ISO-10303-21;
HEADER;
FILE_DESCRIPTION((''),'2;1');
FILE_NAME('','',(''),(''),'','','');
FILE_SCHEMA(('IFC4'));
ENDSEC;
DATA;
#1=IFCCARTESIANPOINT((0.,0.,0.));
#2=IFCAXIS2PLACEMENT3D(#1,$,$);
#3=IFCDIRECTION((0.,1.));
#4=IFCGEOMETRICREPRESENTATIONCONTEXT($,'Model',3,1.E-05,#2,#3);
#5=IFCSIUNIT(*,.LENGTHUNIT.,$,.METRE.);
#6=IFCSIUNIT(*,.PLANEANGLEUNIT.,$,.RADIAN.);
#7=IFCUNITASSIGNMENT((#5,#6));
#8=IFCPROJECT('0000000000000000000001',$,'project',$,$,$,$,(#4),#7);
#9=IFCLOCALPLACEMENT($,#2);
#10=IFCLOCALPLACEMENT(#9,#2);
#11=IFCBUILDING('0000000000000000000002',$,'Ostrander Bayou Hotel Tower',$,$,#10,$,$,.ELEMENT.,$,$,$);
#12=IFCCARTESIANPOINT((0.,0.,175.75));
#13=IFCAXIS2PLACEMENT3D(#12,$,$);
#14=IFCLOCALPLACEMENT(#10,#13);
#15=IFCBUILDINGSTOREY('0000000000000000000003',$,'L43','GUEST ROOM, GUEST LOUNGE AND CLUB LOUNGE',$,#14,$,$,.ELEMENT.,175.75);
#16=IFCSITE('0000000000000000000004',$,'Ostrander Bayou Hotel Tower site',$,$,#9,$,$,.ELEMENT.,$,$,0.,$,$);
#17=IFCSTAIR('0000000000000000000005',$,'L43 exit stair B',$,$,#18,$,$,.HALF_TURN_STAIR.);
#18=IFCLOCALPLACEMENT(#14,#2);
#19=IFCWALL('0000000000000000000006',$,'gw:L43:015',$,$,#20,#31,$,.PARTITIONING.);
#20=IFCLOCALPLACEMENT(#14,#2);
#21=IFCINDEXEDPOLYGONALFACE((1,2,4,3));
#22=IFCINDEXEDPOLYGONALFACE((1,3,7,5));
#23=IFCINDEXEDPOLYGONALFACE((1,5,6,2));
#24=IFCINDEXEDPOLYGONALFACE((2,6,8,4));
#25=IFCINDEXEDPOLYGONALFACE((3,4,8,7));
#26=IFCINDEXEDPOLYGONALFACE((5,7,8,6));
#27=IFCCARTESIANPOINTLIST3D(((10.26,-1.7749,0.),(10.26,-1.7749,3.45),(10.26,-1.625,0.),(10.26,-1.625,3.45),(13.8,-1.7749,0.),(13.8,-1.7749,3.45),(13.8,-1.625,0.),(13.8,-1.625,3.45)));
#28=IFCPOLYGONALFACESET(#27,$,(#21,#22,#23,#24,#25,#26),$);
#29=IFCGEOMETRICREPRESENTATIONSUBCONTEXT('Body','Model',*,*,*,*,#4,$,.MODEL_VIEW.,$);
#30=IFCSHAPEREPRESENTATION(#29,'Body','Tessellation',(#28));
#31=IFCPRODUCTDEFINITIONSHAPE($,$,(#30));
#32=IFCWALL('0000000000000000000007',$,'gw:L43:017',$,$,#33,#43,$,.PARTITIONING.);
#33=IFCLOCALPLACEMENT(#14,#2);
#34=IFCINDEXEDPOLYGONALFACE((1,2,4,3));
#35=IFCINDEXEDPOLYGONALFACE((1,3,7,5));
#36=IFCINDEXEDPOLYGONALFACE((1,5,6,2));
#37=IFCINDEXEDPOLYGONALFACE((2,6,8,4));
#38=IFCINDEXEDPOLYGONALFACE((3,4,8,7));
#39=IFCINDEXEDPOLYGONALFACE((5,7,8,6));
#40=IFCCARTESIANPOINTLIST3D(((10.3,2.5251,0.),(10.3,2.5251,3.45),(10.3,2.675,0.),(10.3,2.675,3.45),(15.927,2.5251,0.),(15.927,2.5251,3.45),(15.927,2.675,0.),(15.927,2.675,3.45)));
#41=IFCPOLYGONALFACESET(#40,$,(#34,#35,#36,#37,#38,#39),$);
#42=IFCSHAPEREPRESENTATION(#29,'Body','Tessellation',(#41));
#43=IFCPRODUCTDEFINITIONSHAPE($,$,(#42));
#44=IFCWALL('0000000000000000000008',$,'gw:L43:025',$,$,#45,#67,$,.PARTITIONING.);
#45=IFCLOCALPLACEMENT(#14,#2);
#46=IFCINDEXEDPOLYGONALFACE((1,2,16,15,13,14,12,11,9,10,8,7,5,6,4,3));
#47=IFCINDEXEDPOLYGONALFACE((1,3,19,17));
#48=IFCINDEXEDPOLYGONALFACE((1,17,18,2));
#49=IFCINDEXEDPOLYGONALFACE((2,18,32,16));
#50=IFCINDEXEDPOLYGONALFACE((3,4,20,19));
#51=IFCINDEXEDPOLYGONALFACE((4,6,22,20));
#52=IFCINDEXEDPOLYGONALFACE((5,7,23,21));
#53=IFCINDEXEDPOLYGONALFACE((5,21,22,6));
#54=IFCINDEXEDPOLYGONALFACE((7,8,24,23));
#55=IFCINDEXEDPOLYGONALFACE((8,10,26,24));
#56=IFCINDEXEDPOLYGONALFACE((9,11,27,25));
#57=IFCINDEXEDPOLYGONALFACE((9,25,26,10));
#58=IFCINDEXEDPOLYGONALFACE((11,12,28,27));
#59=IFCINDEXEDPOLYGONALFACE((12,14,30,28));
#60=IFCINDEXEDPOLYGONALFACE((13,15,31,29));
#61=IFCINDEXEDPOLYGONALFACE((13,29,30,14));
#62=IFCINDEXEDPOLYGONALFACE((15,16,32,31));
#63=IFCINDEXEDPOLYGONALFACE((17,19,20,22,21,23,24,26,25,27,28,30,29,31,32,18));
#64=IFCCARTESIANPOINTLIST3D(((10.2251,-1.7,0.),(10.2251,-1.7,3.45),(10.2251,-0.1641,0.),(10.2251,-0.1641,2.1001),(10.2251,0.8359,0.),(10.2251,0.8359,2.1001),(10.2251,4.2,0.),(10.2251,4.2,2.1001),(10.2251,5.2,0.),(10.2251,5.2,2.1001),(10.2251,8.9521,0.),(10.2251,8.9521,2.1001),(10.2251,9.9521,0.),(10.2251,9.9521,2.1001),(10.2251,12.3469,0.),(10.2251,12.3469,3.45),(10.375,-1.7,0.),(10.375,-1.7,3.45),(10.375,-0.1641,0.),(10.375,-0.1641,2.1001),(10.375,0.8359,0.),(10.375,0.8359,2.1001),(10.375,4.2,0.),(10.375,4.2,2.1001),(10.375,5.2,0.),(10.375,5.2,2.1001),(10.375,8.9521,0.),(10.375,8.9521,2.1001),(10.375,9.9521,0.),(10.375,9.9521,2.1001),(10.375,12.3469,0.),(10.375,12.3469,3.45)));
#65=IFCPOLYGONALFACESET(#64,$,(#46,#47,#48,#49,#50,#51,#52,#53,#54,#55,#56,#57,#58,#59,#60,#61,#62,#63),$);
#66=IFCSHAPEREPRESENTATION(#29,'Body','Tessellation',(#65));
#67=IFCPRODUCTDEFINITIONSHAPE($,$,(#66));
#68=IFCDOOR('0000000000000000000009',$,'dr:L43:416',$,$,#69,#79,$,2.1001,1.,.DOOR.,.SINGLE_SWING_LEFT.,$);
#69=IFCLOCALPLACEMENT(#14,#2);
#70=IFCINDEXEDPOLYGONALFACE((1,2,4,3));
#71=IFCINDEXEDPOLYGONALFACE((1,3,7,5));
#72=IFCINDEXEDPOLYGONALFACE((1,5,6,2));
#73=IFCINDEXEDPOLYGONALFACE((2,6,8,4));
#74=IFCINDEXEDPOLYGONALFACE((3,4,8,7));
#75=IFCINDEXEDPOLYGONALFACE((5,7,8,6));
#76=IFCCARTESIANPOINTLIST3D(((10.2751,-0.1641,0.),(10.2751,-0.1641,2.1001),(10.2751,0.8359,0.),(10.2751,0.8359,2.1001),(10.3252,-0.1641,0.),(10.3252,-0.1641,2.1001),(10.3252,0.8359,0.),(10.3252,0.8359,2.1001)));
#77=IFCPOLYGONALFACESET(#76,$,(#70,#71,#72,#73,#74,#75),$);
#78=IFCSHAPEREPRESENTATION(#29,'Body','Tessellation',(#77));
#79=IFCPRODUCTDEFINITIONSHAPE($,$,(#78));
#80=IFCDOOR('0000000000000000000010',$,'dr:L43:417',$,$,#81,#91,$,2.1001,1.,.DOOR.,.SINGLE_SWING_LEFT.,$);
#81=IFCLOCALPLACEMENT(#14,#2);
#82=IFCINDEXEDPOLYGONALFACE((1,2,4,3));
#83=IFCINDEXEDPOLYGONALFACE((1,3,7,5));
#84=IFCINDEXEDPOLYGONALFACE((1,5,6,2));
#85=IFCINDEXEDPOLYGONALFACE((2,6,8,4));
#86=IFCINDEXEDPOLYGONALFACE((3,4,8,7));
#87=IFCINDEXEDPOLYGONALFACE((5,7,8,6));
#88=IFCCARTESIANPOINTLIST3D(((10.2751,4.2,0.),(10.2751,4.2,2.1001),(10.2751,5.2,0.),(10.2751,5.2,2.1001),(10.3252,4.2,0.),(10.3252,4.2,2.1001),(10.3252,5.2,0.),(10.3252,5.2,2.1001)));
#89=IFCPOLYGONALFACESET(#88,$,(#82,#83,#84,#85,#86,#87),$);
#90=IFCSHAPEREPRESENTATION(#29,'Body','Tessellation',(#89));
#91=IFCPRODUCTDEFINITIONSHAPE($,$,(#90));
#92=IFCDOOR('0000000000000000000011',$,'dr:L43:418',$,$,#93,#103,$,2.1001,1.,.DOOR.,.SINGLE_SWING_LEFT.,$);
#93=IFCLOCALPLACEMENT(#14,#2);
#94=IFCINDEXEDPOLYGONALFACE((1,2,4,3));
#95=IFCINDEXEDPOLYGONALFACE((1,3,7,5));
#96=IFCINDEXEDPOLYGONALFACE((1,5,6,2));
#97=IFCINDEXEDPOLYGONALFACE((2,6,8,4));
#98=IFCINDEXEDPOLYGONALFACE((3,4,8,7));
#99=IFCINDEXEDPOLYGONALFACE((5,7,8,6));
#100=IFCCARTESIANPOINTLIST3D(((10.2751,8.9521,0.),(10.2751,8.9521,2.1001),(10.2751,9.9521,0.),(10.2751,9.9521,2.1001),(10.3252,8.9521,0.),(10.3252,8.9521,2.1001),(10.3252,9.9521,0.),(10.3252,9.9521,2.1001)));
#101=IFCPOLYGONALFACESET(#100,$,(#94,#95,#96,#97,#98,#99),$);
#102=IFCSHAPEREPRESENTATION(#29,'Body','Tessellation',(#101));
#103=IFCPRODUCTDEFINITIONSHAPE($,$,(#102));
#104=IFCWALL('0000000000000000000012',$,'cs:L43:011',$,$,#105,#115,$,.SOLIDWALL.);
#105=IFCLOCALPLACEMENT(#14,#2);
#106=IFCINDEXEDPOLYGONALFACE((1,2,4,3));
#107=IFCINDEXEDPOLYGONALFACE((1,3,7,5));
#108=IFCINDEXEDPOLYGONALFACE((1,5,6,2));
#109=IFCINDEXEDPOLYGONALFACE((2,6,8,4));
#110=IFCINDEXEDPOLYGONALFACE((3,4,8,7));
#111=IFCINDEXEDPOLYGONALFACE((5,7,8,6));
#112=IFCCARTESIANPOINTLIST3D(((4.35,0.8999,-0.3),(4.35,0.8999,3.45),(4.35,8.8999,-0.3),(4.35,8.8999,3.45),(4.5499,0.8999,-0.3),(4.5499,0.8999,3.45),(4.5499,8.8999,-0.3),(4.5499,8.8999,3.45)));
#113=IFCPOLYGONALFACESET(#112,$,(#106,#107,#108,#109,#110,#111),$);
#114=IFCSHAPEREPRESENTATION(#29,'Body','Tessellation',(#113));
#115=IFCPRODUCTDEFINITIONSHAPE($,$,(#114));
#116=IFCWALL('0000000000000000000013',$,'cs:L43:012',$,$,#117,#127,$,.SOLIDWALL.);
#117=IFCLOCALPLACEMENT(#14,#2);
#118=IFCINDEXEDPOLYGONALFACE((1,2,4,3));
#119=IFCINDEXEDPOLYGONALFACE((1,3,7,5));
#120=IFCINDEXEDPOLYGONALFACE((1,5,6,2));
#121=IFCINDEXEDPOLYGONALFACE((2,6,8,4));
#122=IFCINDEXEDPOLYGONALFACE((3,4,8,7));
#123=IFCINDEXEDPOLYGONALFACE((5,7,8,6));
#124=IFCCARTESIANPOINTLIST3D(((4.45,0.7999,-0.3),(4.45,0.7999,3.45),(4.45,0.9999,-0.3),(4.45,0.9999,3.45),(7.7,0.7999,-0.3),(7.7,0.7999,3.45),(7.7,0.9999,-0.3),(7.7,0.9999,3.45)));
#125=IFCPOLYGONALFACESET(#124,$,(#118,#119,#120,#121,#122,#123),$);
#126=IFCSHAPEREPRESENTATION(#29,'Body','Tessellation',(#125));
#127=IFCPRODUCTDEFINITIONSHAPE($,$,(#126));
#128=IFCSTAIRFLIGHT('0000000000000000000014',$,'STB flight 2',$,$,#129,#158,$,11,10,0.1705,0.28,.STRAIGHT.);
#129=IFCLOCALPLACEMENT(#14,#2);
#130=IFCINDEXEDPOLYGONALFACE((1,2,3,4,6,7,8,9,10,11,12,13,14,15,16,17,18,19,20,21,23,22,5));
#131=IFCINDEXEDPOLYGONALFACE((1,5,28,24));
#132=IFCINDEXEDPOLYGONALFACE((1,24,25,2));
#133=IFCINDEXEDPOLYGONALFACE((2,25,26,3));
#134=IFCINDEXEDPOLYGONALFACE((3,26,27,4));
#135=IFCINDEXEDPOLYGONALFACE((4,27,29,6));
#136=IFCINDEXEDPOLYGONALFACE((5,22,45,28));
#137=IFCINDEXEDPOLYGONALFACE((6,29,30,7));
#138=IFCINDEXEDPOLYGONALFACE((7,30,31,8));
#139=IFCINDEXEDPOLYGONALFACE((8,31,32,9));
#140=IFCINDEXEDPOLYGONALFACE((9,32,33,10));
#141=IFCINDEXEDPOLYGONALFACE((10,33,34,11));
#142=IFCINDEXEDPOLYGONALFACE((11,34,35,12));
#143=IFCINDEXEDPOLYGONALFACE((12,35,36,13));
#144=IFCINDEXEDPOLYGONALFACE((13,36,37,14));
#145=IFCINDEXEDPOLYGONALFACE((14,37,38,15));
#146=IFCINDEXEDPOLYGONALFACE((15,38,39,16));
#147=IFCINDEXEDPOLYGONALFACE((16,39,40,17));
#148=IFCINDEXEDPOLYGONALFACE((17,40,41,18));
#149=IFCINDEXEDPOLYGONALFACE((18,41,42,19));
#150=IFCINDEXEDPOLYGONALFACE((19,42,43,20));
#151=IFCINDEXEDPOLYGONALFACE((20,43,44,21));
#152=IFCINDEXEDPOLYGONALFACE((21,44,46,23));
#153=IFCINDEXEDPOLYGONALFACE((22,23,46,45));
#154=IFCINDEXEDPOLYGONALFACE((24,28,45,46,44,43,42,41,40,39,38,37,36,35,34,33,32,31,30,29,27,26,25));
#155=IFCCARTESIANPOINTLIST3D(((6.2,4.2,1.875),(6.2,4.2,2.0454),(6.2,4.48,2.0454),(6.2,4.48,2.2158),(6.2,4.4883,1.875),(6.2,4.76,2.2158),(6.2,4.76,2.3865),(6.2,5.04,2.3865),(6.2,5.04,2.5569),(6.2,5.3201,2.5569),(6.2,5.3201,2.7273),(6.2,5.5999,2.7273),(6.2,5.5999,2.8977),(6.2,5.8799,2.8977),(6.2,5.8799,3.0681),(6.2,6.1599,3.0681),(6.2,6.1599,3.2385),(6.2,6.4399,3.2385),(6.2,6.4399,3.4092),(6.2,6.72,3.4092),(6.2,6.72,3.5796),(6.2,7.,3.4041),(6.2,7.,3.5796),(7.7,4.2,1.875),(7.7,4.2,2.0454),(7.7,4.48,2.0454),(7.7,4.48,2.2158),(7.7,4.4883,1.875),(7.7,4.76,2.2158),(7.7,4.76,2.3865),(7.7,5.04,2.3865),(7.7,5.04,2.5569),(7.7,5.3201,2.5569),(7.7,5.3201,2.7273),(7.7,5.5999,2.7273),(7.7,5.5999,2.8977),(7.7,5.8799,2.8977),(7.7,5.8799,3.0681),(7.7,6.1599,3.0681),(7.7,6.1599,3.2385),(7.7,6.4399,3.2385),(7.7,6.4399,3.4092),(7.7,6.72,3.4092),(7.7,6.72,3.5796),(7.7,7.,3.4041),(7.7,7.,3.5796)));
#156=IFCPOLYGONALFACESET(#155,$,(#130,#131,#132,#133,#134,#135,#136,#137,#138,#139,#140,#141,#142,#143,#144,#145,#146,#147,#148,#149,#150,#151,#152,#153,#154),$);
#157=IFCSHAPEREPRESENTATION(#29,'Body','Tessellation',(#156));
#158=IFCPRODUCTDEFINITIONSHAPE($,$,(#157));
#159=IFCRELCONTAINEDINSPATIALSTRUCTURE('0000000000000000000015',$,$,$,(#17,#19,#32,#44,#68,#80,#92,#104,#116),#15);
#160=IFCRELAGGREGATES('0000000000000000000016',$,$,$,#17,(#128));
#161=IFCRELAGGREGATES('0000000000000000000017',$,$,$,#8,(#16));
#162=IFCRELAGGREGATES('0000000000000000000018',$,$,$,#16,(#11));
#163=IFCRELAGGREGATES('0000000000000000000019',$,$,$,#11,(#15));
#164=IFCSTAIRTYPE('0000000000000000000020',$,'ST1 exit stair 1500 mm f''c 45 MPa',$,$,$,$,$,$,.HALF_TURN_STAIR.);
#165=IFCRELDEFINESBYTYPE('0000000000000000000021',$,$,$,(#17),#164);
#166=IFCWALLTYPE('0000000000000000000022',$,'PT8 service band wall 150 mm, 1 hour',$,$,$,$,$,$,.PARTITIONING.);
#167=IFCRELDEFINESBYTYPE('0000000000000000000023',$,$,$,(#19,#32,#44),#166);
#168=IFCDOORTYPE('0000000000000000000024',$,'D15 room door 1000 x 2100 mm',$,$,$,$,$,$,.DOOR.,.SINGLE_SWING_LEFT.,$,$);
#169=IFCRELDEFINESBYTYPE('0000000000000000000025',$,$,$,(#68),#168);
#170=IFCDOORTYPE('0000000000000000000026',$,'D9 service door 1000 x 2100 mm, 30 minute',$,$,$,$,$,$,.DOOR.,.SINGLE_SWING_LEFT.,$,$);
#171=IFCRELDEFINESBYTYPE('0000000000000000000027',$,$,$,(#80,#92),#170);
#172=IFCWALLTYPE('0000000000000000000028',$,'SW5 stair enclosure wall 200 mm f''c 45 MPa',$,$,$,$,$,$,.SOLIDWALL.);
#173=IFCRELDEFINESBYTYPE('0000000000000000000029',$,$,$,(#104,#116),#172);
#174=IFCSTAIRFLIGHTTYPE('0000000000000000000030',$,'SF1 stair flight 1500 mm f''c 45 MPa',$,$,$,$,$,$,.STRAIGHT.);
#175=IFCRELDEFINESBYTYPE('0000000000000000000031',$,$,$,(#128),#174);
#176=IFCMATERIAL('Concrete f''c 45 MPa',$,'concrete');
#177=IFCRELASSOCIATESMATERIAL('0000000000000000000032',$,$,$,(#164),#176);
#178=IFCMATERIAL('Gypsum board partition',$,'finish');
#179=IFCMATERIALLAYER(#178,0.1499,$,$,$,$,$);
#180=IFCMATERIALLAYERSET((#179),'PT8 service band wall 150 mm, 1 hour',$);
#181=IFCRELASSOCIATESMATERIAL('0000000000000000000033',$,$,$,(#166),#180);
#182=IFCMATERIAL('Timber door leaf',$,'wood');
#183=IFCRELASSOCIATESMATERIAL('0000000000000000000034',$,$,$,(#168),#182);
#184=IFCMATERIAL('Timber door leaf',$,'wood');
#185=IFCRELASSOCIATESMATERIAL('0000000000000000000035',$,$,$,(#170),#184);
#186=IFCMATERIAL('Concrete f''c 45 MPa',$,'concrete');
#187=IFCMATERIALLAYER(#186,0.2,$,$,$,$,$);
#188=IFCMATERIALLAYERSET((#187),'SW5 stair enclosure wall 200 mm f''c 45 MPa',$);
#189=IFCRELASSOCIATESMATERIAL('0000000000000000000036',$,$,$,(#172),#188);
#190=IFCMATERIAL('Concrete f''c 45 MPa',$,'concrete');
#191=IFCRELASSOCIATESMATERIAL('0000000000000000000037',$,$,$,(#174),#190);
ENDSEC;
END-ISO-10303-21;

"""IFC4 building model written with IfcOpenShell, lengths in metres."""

from ifc_helpers import new_model, si_unit, direction, frame, frame_2d, origin, place, context, subcontext, project, spatial, polyline, rectangle, outline, extrude, material, layer, layer_set, type_object, element, fill, aggregate, save


model = new_model("IFC4")

# Units and contexts
model_context = context("Model", 3, precision=1e-05, world=origin(), true_north=direction((0.0, 1.0)))
body_context = subcontext(model_context, "Body", "Model", "MODEL_VIEW")
ifc_project = project(units=[si_unit("LENGTHUNIT", "METRE"), si_unit("PLANEANGLEUNIT", "RADIAN")], contexts=[model_context])

# Site, building, storey
site_placement = place(None, origin())
site = spatial("IfcSite", under=ifc_project, at=site_placement, Name="Ostrander Bayou Hotel Tower site", CompositionType="ELEMENT", RefElevation=0.0)
building_placement = place(site_placement, origin())
building = spatial("IfcBuilding", under=site, at=building_placement, Name="Ostrander Bayou Hotel Tower", CompositionType="ELEMENT")
storey_placement = place(building_placement, frame((0.0, 0.0, 175.75)))
storey = spatial("IfcBuildingStorey", under=building, at=storey_placement, Name="L43", Description="GUEST ROOM, GUEST LOUNGE AND CLUB LOUNGE", CompositionType="ELEMENT", Elevation=175.75)

# Stair
ifc_material_1 = material(Name="Concrete f'c 45 MPa", Category="concrete")
stair_type = type_object("IfcStairType", Name="ST1 exit stair 1500 mm f'c 45 MPa", PredefinedType="HALF_TURN_STAIR", material=ifc_material_1)
stair_1_placement = place(storey_placement, origin())
stair_1 = element("IfcStair", 1, at=stair_1_placement, inside=storey, type_object=stair_type, Name="L43 exit stair B", PredefinedType="HALF_TURN_STAIR")

# Walls
ifc_material_2 = material(Name="Gypsum board partition", Category="finish")
ifc_layer_1 = layer(ifc_material_2, 0.1499)
ifc_layer_set_1 = layer_set([ifc_layer_1], Name="PT8 service band wall 150 mm, 1 hour")
wall_type_1 = type_object("IfcWallType", Name="PT8 service band wall 150 mm, 1 hour", PredefinedType="PARTITIONING", material=ifc_layer_set_1)
wall_1_placement = place(storey_placement, frame((10.26, -1.7, 0.0), z_axis=(0.0, 0.0, 1.0), x_axis=(1.0, 0.0, 0.0)))
element("IfcWall", 2, at=wall_1_placement, inside=storey, type_object=wall_type_1, Name="gw:L43:015", PredefinedType="PARTITIONING", context=body_context, shape_type="SweptSolid", body=[
    extrude(rectangle(XDim=3.54, YDim=0.1499, at=frame_2d((1.77, 0.0))), origin(), (0.0, 0.0, 1.0), 3.45),
])
wall_2_placement = place(storey_placement, frame((10.3, 2.6001, 0.0), z_axis=(0.0, 0.0, 1.0), x_axis=(1.0, 0.0, 0.0)))
element("IfcWall", 3, at=wall_2_placement, inside=storey, type_object=wall_type_1, Name="gw:L43:017", PredefinedType="PARTITIONING", context=body_context, shape_type="SweptSolid", body=[
    extrude(rectangle(XDim=5.627, YDim=0.1499, at=frame_2d((2.8135, 0.0))), origin(), (0.0, 0.0, 1.0), 3.45),
])

# Wall, openings, doors
wall_3_placement = place(storey_placement, frame((10.3, -1.7, 0.0), z_axis=(0.0, 0.0, 1.0), x_axis=(0.0, 1.0, 0.0)))
wall_3 = element("IfcWall", 4, at=wall_3_placement, inside=storey, type_object=wall_type_1, Name="gw:L43:025", PredefinedType="PARTITIONING", context=body_context, shape_type="SweptSolid", body=[
    extrude(rectangle(XDim=14.0469, YDim=0.1499, at=frame_2d((7.0234, 0.0))), origin(), (0.0, 0.0, 1.0), 3.45),
])
opening_1_placement = place(wall_3_placement, frame((1.5359, 0.0, 0.0)))
opening_1 = element("IfcOpeningElement", 5, at=opening_1_placement, cuts=wall_3, PredefinedType="OPENING", context=body_context, shape_type="SweptSolid", body=[
    extrude(rectangle(XDim=1.0, YDim=2.1001, at=frame_2d((0.5, 1.05))), frame((0.0, 0.075, 0.0), z_axis=(0.0, -1.0, 0.0), x_axis=(1.0, 0.0, 0.0)), (0.0, 0.0, 1.0), 0.1499),
])
opening_2_placement = place(wall_3_placement, frame((5.8999, 0.0, 0.0)))
opening_2 = element("IfcOpeningElement", 6, at=opening_2_placement, cuts=wall_3, PredefinedType="OPENING", context=body_context, shape_type="SweptSolid", body=[
    extrude(rectangle(XDim=1.0, YDim=2.1001, at=frame_2d((0.5, 1.05))), frame((0.0, 0.075, 0.0), z_axis=(0.0, -1.0, 0.0), x_axis=(1.0, 0.0, 0.0)), (0.0, 0.0, 1.0), 0.1499),
])
opening_3_placement = place(wall_3_placement, frame((10.6521, 0.0, 0.0)))
opening_3 = element("IfcOpeningElement", 7, at=opening_3_placement, cuts=wall_3, PredefinedType="OPENING", context=body_context, shape_type="SweptSolid", body=[
    extrude(rectangle(XDim=1.0, YDim=2.1001, at=frame_2d((0.5, 1.05))), frame((0.0, 0.075, 0.0), z_axis=(0.0, -1.0, 0.0), x_axis=(1.0, 0.0, 0.0)), (0.0, 0.0, 1.0), 0.1499),
])
ifc_material_3 = material(Name="Timber door leaf", Category="wood")
door_type_1 = type_object("IfcDoorType", Name="D15 room door 1000 x 2100 mm", OperationType="SINGLE_SWING_LEFT", PredefinedType="DOOR", material=ifc_material_3)
door_1_placement = place(opening_1_placement, origin())
door_1 = element("IfcDoor", 8, at=door_1_placement, inside=storey, type_object=door_type_1, Name="dr:L43:416", OperationType="SINGLE_SWING_LEFT", OverallHeight=2.1001, OverallWidth=1.0, PredefinedType="DOOR", context=body_context, shape_type="SweptSolid", body=[
    extrude(rectangle(XDim=1.0, YDim=2.1001, at=frame_2d((0.5, 1.05))), frame((0.0, 0.0249, 0.0), z_axis=(0.0, -1.0, 0.0), x_axis=(1.0, 0.0, 0.0)), (0.0, 0.0, 1.0), 0.05),
])
fill(opening_1, door_1)
ifc_material_4 = material(Name="Timber door leaf", Category="wood")
door_type_2 = type_object("IfcDoorType", Name="D9 service door 1000 x 2100 mm, 30 minute", OperationType="SINGLE_SWING_LEFT", PredefinedType="DOOR", material=ifc_material_4)
door_2_placement = place(opening_2_placement, origin())
door_2 = element("IfcDoor", 9, at=door_2_placement, inside=storey, type_object=door_type_2, Name="dr:L43:417", OperationType="SINGLE_SWING_LEFT", OverallHeight=2.1001, OverallWidth=1.0, PredefinedType="DOOR", context=body_context, shape_type="SweptSolid", body=[
    extrude(rectangle(XDim=1.0, YDim=2.1001, at=frame_2d((0.5, 1.05))), frame((0.0, 0.0249, 0.0), z_axis=(0.0, -1.0, 0.0), x_axis=(1.0, 0.0, 0.0)), (0.0, 0.0, 1.0), 0.05),
])
fill(opening_2, door_2)
door_3_placement = place(opening_3_placement, origin())
door_3 = element("IfcDoor", 10, at=door_3_placement, inside=storey, type_object=door_type_2, Name="dr:L43:418", OperationType="SINGLE_SWING_LEFT", OverallHeight=2.1001, OverallWidth=1.0, PredefinedType="DOOR", context=body_context, shape_type="SweptSolid", body=[
    extrude(rectangle(XDim=1.0, YDim=2.1001, at=frame_2d((0.5, 1.05))), frame((0.0, 0.0249, 0.0), z_axis=(0.0, -1.0, 0.0), x_axis=(1.0, 0.0, 0.0)), (0.0, 0.0, 1.0), 0.05),
])
fill(opening_3, door_3)

# Walls
ifc_material_5 = material(Name="Concrete f'c 45 MPa", Category="concrete")
ifc_layer_2 = layer(ifc_material_5, 0.2)
ifc_layer_set_2 = layer_set([ifc_layer_2], Name="SW5 stair enclosure wall 200 mm f'c 45 MPa")
wall_type_2 = type_object("IfcWallType", Name="SW5 stair enclosure wall 200 mm f'c 45 MPa", PredefinedType="SOLIDWALL", material=ifc_layer_set_2)
wall_4_placement = place(storey_placement, frame((4.45, 0.8999, -0.3), z_axis=(0.0, 0.0, 1.0), x_axis=(0.0, 1.0, 0.0)))
element("IfcWall", 11, at=wall_4_placement, inside=storey, type_object=wall_type_2, Name="cs:L43:011", PredefinedType="SOLIDWALL", context=body_context, shape_type="SweptSolid", body=[
    extrude(rectangle(XDim=8.0, YDim=0.2, at=frame_2d((4.0, 0.0))), origin(), (0.0, 0.0, 1.0), 3.75),
])
wall_5_placement = place(storey_placement, frame((4.45, 0.8999, -0.3), z_axis=(0.0, 0.0, 1.0), x_axis=(1.0, 0.0, 0.0)))
element("IfcWall", 12, at=wall_5_placement, inside=storey, type_object=wall_type_2, Name="cs:L43:012", PredefinedType="SOLIDWALL", context=body_context, shape_type="SweptSolid", body=[
    extrude(rectangle(XDim=3.25, YDim=0.2, at=frame_2d((1.625, 0.0))), origin(), (0.0, 0.0, 1.0), 3.75),
])

# Stair flight
ifc_material_6 = material(Name="Concrete f'c 45 MPa", Category="concrete")
stair_flight_type = type_object("IfcStairFlightType", Name="SF1 stair flight 1500 mm f'c 45 MPa", PredefinedType="STRAIGHT", material=ifc_material_6)
stair_flight_placement = place(storey_placement, frame((6.95, 4.2, 1.875), z_axis=(0.0, 0.0, 1.0), x_axis=(0.0, 1.0, 0.0)))
stair_flight = element("IfcStairFlight", 13, at=stair_flight_placement, type_object=stair_flight_type, Name="STB flight 2", NumberOfRisers=11, NumberOfTreads=10, PredefinedType="STRAIGHT", RiserHeight=0.1705, TreadLength=0.28, context=body_context, shape_type="SweptSolid", body=[
    extrude(outline(polyline([(0.0, 0.0), (0.0, 0.1704), (0.28, 0.1704), (0.28, 0.3408), (0.5601, 0.3408), (0.5601, 0.5115), (0.8401, 0.5115), (0.8401, 0.6819), (1.1201, 0.6819), (1.1201, 0.8523), (1.3999, 0.8523), (1.3999, 1.0227), (1.6799, 1.0227), (1.6799, 1.1931), (1.96, 1.1931), (1.96, 1.3635), (2.24, 1.3635), (2.24, 1.5342), (2.52, 1.5342), (2.52, 1.7046), (2.8, 1.7046), (2.8, 1.875), (2.8, 1.5291), (0.2883, 0.0), (0.0, 0.0)])), frame((0.0, 0.75, 0.0), z_axis=(0.0, -1.0, 0.0), x_axis=(1.0, 0.0, 0.0)), (0.0, 0.0, 1.0), 1.5),
])
aggregate(stair_1, [stair_flight])

save(model, "model.ifc")
